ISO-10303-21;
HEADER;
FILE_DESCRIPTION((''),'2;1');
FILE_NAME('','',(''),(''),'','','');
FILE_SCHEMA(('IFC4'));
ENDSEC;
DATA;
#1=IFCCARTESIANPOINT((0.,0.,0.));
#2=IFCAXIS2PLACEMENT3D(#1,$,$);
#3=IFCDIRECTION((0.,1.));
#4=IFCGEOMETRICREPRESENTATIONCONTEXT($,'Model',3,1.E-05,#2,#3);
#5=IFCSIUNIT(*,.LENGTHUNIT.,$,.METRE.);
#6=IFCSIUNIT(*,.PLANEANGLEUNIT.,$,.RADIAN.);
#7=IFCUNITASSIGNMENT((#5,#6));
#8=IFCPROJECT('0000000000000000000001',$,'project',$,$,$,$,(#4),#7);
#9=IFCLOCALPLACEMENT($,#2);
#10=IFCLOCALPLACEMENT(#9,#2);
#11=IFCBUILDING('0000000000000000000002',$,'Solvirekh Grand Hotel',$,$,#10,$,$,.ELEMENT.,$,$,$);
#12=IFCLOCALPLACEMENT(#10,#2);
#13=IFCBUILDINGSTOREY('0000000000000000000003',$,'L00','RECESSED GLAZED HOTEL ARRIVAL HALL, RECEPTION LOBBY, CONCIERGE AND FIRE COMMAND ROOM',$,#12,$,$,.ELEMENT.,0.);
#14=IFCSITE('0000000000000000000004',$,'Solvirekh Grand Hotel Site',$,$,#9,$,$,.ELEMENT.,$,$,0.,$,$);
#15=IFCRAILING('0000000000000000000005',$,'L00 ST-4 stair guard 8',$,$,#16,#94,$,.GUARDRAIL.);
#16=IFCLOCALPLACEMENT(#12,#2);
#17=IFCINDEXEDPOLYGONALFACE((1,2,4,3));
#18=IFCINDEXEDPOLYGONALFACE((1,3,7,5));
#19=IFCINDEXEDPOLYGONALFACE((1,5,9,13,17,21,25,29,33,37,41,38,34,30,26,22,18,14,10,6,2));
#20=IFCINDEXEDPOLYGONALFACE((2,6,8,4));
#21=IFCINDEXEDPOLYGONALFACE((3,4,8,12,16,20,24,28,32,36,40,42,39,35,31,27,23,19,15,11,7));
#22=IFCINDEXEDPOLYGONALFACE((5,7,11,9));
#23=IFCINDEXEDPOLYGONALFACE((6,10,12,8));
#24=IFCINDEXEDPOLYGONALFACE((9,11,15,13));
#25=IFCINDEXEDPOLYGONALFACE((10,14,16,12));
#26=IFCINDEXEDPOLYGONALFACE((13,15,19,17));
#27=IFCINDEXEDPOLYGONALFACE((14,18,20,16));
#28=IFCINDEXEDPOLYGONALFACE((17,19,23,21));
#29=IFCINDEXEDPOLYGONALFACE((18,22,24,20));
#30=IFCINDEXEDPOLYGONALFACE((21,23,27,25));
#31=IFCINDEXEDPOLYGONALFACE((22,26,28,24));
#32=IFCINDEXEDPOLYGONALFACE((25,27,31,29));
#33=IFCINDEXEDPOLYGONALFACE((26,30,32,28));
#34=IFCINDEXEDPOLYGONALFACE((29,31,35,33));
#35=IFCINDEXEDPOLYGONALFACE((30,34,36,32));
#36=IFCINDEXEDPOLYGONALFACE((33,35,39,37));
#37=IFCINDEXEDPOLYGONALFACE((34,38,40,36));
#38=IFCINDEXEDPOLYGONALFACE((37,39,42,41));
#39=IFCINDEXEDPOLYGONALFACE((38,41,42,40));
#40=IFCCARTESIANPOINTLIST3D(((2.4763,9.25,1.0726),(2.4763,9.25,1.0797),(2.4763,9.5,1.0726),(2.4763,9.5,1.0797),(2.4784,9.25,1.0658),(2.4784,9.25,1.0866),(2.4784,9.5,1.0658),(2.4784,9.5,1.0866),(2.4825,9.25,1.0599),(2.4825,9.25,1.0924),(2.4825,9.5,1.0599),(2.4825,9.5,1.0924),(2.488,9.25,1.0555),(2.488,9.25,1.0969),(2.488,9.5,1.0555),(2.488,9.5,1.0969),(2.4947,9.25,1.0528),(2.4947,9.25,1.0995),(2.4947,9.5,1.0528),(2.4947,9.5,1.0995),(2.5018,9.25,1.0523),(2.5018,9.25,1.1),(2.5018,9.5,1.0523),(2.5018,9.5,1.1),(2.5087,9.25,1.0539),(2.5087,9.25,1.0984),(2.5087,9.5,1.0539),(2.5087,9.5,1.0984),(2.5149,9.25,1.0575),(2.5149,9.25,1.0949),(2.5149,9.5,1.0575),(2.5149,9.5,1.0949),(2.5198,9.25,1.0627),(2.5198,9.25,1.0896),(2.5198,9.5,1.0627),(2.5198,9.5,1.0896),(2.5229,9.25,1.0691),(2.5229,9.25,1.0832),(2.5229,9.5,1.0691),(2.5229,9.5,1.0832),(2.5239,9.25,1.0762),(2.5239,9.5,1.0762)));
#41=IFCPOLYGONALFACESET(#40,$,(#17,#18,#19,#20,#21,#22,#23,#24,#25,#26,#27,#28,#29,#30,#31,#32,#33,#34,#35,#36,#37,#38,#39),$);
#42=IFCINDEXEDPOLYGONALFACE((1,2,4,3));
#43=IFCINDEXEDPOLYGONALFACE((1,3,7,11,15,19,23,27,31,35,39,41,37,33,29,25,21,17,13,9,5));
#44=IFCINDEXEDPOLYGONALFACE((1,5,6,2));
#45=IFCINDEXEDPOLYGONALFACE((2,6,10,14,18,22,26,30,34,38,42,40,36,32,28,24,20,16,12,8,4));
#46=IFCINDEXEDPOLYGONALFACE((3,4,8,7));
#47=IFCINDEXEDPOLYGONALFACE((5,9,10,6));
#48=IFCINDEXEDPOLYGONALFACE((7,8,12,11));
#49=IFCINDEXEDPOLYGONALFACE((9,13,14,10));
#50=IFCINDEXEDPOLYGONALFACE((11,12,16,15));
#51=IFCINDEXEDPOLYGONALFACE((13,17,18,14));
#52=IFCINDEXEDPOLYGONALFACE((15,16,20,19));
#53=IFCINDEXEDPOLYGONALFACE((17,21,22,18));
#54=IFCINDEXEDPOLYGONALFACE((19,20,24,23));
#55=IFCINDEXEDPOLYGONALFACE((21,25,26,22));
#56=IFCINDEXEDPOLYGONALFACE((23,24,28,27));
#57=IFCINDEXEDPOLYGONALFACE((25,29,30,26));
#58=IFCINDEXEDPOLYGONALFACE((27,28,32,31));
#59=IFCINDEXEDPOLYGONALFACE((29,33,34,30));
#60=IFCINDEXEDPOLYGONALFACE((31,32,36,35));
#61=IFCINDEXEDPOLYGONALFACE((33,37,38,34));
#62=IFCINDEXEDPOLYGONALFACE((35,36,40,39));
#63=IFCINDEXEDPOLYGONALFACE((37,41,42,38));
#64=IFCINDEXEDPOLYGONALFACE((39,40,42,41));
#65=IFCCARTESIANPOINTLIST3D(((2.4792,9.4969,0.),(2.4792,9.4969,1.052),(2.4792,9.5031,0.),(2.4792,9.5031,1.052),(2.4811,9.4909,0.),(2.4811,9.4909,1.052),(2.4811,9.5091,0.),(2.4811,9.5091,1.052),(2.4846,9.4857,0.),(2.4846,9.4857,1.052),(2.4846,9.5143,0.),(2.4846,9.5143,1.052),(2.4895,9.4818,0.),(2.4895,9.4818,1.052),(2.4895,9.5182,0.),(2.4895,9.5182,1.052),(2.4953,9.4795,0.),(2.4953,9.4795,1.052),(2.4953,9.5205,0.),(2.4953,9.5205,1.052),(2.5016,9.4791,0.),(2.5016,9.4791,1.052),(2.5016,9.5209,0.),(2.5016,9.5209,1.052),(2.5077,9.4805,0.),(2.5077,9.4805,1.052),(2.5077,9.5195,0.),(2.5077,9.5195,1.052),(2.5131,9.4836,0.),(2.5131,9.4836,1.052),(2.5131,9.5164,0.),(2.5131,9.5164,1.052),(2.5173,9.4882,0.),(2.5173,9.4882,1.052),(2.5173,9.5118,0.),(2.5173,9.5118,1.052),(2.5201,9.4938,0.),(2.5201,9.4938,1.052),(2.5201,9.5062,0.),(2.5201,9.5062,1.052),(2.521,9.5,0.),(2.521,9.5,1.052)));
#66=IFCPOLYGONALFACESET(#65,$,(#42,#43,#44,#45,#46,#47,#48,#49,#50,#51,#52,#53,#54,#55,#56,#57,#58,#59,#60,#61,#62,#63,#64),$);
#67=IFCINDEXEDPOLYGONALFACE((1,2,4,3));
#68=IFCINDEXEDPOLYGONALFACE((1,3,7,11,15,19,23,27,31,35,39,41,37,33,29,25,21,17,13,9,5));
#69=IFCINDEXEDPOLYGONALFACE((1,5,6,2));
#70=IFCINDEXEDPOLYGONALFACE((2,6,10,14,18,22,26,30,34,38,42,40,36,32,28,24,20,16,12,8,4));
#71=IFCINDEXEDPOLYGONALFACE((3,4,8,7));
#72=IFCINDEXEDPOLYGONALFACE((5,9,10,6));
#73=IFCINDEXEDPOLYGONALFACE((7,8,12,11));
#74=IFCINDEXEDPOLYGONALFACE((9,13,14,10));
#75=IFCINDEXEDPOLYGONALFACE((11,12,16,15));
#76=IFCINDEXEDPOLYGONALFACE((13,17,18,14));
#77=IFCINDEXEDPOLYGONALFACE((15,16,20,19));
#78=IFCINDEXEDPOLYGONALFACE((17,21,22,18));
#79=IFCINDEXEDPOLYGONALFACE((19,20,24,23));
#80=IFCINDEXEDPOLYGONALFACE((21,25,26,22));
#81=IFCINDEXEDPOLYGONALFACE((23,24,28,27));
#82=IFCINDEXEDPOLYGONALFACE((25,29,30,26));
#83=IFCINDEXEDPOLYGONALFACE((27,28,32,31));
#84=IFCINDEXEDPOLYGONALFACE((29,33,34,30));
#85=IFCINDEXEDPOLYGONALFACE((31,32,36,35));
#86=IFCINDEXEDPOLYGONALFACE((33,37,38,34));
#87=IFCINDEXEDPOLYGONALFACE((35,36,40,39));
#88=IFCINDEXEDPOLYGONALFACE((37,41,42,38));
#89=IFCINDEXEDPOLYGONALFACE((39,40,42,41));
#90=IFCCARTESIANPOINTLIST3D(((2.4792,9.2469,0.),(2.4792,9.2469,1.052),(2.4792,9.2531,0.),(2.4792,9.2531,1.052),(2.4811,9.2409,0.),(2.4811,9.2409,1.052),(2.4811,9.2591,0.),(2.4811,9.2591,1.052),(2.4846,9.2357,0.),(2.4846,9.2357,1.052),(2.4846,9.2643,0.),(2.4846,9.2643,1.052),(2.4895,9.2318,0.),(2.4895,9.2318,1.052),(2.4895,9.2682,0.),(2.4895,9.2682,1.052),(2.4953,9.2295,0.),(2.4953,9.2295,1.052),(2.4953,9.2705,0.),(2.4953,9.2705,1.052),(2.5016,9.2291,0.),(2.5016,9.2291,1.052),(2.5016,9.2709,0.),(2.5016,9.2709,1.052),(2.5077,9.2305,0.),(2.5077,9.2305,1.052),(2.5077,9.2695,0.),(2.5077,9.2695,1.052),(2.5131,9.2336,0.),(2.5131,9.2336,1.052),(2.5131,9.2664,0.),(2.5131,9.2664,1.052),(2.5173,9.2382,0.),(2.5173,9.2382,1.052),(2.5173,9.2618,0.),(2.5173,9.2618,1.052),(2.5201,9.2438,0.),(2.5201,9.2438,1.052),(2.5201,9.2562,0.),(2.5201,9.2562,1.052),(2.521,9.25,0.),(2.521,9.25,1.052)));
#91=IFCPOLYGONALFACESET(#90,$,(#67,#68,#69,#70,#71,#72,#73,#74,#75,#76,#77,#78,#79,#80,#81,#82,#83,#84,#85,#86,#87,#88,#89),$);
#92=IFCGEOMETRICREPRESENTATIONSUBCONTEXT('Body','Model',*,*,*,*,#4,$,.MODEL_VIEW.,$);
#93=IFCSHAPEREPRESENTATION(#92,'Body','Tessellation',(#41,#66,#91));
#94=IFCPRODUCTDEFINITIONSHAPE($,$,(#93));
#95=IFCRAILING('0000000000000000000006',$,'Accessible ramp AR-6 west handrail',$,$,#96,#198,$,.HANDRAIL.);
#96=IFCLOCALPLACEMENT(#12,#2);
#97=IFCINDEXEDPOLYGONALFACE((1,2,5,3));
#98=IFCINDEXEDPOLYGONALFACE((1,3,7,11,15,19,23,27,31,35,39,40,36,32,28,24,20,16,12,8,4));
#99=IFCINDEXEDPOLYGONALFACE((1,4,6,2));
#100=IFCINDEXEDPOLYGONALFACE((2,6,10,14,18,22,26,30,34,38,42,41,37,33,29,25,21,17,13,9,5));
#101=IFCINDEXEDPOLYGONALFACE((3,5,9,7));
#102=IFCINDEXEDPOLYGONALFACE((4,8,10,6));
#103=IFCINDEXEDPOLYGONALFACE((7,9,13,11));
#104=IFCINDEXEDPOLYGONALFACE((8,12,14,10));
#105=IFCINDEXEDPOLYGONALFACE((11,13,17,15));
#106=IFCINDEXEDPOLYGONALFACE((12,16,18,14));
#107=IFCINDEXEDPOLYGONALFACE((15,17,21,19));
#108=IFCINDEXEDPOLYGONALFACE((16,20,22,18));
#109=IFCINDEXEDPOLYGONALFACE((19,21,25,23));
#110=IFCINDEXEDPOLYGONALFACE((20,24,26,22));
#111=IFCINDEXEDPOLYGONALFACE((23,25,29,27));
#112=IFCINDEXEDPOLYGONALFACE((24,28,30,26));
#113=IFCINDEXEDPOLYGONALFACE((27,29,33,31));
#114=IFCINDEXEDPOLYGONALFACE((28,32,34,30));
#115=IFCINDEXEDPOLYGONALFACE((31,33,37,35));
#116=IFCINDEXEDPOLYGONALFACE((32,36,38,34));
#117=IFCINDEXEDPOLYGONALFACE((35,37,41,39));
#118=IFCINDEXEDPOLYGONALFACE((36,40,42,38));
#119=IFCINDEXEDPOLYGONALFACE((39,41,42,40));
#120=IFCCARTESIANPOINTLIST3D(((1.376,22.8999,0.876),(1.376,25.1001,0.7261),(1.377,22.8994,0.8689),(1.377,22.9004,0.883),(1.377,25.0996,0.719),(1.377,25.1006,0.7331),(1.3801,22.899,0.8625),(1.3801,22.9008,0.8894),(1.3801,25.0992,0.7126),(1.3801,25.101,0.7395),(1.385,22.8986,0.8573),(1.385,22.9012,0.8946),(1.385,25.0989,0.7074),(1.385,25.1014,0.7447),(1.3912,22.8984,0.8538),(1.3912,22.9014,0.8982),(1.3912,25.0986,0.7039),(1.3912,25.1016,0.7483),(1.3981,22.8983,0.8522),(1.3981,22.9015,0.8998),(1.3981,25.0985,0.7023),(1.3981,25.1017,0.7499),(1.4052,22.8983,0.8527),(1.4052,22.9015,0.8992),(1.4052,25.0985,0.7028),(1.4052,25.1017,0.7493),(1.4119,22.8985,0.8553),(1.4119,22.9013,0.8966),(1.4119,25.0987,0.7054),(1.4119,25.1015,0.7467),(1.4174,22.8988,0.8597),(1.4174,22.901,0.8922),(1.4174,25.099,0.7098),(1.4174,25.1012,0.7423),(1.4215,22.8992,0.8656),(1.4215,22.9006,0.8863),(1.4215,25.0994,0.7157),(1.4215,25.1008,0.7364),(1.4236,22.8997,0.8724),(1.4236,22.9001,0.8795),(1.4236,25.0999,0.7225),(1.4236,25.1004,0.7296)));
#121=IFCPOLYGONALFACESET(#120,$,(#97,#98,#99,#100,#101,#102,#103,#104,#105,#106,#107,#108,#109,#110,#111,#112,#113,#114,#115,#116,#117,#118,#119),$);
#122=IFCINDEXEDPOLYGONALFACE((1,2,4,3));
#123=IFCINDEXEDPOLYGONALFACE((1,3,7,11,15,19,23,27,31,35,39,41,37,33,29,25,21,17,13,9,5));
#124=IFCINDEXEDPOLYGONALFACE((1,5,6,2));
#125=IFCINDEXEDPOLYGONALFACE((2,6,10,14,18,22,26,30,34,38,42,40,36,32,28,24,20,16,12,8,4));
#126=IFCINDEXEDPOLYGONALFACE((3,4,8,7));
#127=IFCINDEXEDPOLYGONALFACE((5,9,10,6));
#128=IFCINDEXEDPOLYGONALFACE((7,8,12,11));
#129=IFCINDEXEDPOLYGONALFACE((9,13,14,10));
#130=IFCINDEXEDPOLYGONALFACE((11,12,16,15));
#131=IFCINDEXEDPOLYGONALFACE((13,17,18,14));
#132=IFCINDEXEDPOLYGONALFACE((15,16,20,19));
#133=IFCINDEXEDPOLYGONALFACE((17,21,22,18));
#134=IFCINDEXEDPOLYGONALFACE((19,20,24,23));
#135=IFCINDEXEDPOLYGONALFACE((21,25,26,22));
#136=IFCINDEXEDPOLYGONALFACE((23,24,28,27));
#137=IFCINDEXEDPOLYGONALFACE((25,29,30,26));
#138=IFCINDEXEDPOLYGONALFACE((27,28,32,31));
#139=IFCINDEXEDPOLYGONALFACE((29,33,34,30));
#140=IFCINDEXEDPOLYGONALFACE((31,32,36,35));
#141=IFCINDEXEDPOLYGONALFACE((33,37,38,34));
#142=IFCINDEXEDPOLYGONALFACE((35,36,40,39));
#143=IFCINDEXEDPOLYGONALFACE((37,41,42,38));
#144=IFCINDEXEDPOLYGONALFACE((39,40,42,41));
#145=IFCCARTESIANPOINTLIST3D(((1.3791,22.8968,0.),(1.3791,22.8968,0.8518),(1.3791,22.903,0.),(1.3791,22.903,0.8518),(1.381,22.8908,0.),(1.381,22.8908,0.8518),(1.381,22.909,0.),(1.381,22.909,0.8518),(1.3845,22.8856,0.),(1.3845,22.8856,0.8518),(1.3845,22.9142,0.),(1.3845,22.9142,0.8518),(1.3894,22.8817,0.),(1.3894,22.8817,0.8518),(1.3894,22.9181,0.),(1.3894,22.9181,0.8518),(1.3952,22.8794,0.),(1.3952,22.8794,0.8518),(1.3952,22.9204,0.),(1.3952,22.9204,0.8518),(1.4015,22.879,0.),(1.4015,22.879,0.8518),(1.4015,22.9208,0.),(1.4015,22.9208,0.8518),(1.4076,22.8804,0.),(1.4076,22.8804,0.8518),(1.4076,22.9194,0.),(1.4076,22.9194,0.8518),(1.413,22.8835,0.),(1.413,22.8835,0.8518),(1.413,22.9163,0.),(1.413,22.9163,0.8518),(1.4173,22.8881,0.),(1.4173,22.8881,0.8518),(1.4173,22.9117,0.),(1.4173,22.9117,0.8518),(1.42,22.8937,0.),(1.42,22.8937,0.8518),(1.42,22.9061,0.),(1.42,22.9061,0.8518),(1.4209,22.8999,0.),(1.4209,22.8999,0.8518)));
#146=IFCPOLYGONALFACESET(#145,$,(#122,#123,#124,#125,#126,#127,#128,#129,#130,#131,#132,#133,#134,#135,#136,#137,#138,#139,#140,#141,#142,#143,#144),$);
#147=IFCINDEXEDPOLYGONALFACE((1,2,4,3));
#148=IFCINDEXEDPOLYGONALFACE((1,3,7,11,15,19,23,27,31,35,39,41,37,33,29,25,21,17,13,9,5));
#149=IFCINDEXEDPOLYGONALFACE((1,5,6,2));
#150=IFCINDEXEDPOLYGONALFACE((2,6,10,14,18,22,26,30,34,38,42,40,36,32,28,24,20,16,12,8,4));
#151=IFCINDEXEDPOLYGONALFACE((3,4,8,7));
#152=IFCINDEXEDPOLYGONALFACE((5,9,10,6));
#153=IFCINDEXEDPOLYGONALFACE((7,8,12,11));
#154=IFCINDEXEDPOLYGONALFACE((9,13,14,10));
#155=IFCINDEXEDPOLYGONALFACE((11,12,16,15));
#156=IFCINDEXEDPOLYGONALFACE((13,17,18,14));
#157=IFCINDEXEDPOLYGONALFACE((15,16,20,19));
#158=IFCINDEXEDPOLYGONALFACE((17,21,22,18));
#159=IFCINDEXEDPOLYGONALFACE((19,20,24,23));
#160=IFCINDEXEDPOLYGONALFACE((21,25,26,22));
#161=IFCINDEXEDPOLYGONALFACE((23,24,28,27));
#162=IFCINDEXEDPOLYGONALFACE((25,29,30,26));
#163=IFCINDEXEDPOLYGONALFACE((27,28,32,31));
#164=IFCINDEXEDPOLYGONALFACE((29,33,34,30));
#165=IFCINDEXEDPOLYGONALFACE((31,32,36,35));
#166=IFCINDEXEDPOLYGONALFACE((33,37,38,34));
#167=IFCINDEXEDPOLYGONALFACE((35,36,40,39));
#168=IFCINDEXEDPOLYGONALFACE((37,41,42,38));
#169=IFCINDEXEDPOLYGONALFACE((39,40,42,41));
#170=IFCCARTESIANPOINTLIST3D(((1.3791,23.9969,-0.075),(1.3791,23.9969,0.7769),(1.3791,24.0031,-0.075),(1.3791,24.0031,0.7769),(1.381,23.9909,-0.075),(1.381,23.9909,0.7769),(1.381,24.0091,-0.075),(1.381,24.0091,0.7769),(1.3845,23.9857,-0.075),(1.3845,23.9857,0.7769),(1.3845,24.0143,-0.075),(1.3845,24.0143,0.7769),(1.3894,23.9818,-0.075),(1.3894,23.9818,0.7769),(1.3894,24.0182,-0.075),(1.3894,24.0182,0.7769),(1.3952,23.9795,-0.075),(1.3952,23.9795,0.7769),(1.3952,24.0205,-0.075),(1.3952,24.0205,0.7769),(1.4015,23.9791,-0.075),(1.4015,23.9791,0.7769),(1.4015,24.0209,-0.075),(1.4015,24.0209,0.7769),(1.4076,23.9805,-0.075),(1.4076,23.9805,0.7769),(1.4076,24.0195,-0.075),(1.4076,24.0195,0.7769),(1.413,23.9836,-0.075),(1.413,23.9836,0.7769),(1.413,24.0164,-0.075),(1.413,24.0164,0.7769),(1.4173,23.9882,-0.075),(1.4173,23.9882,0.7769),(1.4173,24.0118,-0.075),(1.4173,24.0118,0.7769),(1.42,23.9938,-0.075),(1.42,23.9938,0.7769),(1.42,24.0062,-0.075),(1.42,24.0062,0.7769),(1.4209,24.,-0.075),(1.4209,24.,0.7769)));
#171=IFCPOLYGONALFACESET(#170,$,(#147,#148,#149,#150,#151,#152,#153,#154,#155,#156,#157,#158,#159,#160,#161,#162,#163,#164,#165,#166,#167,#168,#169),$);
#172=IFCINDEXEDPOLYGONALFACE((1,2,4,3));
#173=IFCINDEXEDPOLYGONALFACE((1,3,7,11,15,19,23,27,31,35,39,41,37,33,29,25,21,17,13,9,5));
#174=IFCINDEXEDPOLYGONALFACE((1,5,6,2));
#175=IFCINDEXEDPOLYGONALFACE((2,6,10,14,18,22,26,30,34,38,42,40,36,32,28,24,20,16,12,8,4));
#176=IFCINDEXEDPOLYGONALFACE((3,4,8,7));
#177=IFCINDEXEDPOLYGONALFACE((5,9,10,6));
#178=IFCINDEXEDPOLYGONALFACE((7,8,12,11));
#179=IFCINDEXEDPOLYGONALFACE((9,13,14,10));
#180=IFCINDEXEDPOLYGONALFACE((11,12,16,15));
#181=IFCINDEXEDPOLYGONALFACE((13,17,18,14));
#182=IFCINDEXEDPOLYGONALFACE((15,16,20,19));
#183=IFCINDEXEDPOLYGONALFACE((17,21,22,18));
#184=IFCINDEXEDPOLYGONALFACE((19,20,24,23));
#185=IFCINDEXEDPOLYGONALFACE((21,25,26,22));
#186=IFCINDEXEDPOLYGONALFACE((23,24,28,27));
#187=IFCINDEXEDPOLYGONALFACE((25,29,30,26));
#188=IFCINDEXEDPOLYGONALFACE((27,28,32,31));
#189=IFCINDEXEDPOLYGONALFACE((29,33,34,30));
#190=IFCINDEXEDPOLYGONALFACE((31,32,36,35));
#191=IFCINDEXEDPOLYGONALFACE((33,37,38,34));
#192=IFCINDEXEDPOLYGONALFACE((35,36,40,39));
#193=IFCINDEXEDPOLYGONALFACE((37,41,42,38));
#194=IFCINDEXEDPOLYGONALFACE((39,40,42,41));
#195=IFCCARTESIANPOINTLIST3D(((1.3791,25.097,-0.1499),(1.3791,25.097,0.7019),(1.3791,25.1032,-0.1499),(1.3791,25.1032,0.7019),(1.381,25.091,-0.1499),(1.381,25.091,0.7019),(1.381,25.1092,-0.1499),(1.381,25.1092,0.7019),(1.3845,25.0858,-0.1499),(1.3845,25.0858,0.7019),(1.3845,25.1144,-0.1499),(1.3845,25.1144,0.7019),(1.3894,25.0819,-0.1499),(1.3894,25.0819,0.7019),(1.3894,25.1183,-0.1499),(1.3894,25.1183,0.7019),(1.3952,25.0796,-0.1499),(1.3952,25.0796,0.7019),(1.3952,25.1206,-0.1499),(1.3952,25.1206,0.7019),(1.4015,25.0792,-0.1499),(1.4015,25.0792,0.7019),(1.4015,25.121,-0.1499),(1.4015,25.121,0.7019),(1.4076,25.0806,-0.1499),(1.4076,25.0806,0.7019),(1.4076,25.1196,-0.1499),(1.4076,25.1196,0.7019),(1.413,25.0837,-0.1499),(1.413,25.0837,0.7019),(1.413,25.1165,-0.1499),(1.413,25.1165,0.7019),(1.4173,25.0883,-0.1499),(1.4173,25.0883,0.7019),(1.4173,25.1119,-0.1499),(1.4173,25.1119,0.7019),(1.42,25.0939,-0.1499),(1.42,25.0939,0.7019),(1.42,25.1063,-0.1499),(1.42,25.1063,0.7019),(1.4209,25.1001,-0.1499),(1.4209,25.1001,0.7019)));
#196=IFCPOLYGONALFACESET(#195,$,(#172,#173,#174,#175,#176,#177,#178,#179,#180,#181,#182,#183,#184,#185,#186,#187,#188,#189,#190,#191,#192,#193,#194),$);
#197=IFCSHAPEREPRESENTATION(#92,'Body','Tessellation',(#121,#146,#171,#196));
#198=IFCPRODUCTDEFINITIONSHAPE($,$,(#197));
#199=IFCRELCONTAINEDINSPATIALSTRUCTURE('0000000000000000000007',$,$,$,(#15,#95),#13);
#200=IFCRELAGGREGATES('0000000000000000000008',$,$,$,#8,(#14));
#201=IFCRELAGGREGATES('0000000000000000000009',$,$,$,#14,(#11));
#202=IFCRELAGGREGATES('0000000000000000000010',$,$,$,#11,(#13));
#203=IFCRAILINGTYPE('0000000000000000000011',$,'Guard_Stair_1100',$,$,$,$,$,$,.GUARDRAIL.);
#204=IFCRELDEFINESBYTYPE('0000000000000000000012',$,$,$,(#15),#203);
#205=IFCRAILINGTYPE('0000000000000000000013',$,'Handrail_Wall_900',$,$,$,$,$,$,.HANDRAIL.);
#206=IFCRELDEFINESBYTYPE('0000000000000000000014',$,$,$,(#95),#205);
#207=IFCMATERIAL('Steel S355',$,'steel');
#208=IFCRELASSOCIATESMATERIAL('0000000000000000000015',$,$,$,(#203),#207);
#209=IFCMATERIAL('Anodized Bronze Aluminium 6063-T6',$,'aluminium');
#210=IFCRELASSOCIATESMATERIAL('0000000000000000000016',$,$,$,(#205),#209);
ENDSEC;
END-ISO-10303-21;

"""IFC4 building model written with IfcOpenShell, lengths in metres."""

from ifc_helpers import new_model, si_unit, direction, frame, origin, origin_2d, place, context, subcontext, project, spatial, circle, extrude, material, type_object, element, save


model = new_model("IFC4")

# Units and contexts
model_context = context("Model", 3, precision=1e-05, world=origin(), true_north=direction((0.0, 1.0)))
body_context = subcontext(model_context, "Body", "Model", "MODEL_VIEW")
ifc_project = project(units=[si_unit("LENGTHUNIT", "METRE"), si_unit("PLANEANGLEUNIT", "RADIAN")], contexts=[model_context])

# Site, building, storey
site_placement = place(None, origin())
site = spatial("IfcSite", under=ifc_project, at=site_placement, Name="Solvirekh Grand Hotel Site", CompositionType="ELEMENT", RefElevation=0.0)
building_placement = place(site_placement, origin())
building = spatial("IfcBuilding", under=site, at=building_placement, Name="Solvirekh Grand Hotel", CompositionType="ELEMENT")
storey_placement = place(building_placement, origin())
storey = spatial("IfcBuildingStorey", under=building, at=storey_placement, Name="L00", Description="RECESSED GLAZED HOTEL ARRIVAL HALL, RECEPTION LOBBY, CONCIERGE AND FIRE COMMAND ROOM", CompositionType="ELEMENT", Elevation=0.0)

# Shared definitions
ifc_material_1 = material(Name="Steel S355", Category="steel")

# Shared definitions
ifc_material_2 = material(Name="Anodized Bronze Aluminium 6063-T6", Category="aluminium")

# Railings
railing_type_1 = type_object("IfcRailingType", Name="Guard_Stair_1100", PredefinedType="GUARDRAIL", material=ifc_material_1)
railing_1_placement = place(storey_placement, frame((2.5, 9.5, 0.0)))
element("IfcRailing", 1, at=railing_1_placement, inside=storey, type_object=railing_type_1, Name="L00 ST-4 stair guard 8", PredefinedType="GUARDRAIL", context=body_context, shape_type="SweptSolid", body=[
    extrude(circle(Radius=0.0239, at=origin_2d()), frame((0.0, 0.0, 1.0762), z_axis=(0.0, -1.0, 0.0), x_axis=(1.0, 0.0, 0.0)), (0.0, 0.0, 1.0), 0.25),
    extrude(circle(Radius=0.021, at=origin_2d()), origin(), (0.0, 0.0, 1.0), 1.052),
    extrude(circle(Radius=0.021, at=origin_2d()), frame((0.0, -0.25, 0.0)), (0.0, 0.0, 1.0), 1.052),
])
railing_type_2 = type_object("IfcRailingType", Name="Handrail_Wall_900", PredefinedType="HANDRAIL", material=ifc_material_2)
for number, where, name in (
    (2, (1.3999, 22.8999, 0.0), "Accessible ramp AR-6 west handrail"),
):
    element("IfcRailing", number, at=place(storey_placement, frame(where)), inside=storey, type_object=railing_type_2, Name=name, PredefinedType="HANDRAIL", context=body_context, shape_type="SweptSolid", body=[
        extrude(circle(Radius=0.0239, at=origin_2d()), frame((0.0, 0.0, 0.876), z_axis=(0.0, 0.997687, -0.067974), x_axis=(-1.0, 0.0, 0.0)), (0.0, 0.0, 1.0), 2.2053),
        extrude(circle(Radius=0.021, at=origin_2d()), origin(), (0.0, 0.0, 1.0), 0.8518),
        extrude(circle(Radius=0.021, at=origin_2d()), frame((0.0, 1.1001, -0.075)), (0.0, 0.0, 1.0), 0.8518),
        extrude(circle(Radius=0.021, at=origin_2d()), frame((0.0, 2.2002, -0.1499)), (0.0, 0.0, 1.0), 0.8518),
    ])

save(model, "model.ifc")
